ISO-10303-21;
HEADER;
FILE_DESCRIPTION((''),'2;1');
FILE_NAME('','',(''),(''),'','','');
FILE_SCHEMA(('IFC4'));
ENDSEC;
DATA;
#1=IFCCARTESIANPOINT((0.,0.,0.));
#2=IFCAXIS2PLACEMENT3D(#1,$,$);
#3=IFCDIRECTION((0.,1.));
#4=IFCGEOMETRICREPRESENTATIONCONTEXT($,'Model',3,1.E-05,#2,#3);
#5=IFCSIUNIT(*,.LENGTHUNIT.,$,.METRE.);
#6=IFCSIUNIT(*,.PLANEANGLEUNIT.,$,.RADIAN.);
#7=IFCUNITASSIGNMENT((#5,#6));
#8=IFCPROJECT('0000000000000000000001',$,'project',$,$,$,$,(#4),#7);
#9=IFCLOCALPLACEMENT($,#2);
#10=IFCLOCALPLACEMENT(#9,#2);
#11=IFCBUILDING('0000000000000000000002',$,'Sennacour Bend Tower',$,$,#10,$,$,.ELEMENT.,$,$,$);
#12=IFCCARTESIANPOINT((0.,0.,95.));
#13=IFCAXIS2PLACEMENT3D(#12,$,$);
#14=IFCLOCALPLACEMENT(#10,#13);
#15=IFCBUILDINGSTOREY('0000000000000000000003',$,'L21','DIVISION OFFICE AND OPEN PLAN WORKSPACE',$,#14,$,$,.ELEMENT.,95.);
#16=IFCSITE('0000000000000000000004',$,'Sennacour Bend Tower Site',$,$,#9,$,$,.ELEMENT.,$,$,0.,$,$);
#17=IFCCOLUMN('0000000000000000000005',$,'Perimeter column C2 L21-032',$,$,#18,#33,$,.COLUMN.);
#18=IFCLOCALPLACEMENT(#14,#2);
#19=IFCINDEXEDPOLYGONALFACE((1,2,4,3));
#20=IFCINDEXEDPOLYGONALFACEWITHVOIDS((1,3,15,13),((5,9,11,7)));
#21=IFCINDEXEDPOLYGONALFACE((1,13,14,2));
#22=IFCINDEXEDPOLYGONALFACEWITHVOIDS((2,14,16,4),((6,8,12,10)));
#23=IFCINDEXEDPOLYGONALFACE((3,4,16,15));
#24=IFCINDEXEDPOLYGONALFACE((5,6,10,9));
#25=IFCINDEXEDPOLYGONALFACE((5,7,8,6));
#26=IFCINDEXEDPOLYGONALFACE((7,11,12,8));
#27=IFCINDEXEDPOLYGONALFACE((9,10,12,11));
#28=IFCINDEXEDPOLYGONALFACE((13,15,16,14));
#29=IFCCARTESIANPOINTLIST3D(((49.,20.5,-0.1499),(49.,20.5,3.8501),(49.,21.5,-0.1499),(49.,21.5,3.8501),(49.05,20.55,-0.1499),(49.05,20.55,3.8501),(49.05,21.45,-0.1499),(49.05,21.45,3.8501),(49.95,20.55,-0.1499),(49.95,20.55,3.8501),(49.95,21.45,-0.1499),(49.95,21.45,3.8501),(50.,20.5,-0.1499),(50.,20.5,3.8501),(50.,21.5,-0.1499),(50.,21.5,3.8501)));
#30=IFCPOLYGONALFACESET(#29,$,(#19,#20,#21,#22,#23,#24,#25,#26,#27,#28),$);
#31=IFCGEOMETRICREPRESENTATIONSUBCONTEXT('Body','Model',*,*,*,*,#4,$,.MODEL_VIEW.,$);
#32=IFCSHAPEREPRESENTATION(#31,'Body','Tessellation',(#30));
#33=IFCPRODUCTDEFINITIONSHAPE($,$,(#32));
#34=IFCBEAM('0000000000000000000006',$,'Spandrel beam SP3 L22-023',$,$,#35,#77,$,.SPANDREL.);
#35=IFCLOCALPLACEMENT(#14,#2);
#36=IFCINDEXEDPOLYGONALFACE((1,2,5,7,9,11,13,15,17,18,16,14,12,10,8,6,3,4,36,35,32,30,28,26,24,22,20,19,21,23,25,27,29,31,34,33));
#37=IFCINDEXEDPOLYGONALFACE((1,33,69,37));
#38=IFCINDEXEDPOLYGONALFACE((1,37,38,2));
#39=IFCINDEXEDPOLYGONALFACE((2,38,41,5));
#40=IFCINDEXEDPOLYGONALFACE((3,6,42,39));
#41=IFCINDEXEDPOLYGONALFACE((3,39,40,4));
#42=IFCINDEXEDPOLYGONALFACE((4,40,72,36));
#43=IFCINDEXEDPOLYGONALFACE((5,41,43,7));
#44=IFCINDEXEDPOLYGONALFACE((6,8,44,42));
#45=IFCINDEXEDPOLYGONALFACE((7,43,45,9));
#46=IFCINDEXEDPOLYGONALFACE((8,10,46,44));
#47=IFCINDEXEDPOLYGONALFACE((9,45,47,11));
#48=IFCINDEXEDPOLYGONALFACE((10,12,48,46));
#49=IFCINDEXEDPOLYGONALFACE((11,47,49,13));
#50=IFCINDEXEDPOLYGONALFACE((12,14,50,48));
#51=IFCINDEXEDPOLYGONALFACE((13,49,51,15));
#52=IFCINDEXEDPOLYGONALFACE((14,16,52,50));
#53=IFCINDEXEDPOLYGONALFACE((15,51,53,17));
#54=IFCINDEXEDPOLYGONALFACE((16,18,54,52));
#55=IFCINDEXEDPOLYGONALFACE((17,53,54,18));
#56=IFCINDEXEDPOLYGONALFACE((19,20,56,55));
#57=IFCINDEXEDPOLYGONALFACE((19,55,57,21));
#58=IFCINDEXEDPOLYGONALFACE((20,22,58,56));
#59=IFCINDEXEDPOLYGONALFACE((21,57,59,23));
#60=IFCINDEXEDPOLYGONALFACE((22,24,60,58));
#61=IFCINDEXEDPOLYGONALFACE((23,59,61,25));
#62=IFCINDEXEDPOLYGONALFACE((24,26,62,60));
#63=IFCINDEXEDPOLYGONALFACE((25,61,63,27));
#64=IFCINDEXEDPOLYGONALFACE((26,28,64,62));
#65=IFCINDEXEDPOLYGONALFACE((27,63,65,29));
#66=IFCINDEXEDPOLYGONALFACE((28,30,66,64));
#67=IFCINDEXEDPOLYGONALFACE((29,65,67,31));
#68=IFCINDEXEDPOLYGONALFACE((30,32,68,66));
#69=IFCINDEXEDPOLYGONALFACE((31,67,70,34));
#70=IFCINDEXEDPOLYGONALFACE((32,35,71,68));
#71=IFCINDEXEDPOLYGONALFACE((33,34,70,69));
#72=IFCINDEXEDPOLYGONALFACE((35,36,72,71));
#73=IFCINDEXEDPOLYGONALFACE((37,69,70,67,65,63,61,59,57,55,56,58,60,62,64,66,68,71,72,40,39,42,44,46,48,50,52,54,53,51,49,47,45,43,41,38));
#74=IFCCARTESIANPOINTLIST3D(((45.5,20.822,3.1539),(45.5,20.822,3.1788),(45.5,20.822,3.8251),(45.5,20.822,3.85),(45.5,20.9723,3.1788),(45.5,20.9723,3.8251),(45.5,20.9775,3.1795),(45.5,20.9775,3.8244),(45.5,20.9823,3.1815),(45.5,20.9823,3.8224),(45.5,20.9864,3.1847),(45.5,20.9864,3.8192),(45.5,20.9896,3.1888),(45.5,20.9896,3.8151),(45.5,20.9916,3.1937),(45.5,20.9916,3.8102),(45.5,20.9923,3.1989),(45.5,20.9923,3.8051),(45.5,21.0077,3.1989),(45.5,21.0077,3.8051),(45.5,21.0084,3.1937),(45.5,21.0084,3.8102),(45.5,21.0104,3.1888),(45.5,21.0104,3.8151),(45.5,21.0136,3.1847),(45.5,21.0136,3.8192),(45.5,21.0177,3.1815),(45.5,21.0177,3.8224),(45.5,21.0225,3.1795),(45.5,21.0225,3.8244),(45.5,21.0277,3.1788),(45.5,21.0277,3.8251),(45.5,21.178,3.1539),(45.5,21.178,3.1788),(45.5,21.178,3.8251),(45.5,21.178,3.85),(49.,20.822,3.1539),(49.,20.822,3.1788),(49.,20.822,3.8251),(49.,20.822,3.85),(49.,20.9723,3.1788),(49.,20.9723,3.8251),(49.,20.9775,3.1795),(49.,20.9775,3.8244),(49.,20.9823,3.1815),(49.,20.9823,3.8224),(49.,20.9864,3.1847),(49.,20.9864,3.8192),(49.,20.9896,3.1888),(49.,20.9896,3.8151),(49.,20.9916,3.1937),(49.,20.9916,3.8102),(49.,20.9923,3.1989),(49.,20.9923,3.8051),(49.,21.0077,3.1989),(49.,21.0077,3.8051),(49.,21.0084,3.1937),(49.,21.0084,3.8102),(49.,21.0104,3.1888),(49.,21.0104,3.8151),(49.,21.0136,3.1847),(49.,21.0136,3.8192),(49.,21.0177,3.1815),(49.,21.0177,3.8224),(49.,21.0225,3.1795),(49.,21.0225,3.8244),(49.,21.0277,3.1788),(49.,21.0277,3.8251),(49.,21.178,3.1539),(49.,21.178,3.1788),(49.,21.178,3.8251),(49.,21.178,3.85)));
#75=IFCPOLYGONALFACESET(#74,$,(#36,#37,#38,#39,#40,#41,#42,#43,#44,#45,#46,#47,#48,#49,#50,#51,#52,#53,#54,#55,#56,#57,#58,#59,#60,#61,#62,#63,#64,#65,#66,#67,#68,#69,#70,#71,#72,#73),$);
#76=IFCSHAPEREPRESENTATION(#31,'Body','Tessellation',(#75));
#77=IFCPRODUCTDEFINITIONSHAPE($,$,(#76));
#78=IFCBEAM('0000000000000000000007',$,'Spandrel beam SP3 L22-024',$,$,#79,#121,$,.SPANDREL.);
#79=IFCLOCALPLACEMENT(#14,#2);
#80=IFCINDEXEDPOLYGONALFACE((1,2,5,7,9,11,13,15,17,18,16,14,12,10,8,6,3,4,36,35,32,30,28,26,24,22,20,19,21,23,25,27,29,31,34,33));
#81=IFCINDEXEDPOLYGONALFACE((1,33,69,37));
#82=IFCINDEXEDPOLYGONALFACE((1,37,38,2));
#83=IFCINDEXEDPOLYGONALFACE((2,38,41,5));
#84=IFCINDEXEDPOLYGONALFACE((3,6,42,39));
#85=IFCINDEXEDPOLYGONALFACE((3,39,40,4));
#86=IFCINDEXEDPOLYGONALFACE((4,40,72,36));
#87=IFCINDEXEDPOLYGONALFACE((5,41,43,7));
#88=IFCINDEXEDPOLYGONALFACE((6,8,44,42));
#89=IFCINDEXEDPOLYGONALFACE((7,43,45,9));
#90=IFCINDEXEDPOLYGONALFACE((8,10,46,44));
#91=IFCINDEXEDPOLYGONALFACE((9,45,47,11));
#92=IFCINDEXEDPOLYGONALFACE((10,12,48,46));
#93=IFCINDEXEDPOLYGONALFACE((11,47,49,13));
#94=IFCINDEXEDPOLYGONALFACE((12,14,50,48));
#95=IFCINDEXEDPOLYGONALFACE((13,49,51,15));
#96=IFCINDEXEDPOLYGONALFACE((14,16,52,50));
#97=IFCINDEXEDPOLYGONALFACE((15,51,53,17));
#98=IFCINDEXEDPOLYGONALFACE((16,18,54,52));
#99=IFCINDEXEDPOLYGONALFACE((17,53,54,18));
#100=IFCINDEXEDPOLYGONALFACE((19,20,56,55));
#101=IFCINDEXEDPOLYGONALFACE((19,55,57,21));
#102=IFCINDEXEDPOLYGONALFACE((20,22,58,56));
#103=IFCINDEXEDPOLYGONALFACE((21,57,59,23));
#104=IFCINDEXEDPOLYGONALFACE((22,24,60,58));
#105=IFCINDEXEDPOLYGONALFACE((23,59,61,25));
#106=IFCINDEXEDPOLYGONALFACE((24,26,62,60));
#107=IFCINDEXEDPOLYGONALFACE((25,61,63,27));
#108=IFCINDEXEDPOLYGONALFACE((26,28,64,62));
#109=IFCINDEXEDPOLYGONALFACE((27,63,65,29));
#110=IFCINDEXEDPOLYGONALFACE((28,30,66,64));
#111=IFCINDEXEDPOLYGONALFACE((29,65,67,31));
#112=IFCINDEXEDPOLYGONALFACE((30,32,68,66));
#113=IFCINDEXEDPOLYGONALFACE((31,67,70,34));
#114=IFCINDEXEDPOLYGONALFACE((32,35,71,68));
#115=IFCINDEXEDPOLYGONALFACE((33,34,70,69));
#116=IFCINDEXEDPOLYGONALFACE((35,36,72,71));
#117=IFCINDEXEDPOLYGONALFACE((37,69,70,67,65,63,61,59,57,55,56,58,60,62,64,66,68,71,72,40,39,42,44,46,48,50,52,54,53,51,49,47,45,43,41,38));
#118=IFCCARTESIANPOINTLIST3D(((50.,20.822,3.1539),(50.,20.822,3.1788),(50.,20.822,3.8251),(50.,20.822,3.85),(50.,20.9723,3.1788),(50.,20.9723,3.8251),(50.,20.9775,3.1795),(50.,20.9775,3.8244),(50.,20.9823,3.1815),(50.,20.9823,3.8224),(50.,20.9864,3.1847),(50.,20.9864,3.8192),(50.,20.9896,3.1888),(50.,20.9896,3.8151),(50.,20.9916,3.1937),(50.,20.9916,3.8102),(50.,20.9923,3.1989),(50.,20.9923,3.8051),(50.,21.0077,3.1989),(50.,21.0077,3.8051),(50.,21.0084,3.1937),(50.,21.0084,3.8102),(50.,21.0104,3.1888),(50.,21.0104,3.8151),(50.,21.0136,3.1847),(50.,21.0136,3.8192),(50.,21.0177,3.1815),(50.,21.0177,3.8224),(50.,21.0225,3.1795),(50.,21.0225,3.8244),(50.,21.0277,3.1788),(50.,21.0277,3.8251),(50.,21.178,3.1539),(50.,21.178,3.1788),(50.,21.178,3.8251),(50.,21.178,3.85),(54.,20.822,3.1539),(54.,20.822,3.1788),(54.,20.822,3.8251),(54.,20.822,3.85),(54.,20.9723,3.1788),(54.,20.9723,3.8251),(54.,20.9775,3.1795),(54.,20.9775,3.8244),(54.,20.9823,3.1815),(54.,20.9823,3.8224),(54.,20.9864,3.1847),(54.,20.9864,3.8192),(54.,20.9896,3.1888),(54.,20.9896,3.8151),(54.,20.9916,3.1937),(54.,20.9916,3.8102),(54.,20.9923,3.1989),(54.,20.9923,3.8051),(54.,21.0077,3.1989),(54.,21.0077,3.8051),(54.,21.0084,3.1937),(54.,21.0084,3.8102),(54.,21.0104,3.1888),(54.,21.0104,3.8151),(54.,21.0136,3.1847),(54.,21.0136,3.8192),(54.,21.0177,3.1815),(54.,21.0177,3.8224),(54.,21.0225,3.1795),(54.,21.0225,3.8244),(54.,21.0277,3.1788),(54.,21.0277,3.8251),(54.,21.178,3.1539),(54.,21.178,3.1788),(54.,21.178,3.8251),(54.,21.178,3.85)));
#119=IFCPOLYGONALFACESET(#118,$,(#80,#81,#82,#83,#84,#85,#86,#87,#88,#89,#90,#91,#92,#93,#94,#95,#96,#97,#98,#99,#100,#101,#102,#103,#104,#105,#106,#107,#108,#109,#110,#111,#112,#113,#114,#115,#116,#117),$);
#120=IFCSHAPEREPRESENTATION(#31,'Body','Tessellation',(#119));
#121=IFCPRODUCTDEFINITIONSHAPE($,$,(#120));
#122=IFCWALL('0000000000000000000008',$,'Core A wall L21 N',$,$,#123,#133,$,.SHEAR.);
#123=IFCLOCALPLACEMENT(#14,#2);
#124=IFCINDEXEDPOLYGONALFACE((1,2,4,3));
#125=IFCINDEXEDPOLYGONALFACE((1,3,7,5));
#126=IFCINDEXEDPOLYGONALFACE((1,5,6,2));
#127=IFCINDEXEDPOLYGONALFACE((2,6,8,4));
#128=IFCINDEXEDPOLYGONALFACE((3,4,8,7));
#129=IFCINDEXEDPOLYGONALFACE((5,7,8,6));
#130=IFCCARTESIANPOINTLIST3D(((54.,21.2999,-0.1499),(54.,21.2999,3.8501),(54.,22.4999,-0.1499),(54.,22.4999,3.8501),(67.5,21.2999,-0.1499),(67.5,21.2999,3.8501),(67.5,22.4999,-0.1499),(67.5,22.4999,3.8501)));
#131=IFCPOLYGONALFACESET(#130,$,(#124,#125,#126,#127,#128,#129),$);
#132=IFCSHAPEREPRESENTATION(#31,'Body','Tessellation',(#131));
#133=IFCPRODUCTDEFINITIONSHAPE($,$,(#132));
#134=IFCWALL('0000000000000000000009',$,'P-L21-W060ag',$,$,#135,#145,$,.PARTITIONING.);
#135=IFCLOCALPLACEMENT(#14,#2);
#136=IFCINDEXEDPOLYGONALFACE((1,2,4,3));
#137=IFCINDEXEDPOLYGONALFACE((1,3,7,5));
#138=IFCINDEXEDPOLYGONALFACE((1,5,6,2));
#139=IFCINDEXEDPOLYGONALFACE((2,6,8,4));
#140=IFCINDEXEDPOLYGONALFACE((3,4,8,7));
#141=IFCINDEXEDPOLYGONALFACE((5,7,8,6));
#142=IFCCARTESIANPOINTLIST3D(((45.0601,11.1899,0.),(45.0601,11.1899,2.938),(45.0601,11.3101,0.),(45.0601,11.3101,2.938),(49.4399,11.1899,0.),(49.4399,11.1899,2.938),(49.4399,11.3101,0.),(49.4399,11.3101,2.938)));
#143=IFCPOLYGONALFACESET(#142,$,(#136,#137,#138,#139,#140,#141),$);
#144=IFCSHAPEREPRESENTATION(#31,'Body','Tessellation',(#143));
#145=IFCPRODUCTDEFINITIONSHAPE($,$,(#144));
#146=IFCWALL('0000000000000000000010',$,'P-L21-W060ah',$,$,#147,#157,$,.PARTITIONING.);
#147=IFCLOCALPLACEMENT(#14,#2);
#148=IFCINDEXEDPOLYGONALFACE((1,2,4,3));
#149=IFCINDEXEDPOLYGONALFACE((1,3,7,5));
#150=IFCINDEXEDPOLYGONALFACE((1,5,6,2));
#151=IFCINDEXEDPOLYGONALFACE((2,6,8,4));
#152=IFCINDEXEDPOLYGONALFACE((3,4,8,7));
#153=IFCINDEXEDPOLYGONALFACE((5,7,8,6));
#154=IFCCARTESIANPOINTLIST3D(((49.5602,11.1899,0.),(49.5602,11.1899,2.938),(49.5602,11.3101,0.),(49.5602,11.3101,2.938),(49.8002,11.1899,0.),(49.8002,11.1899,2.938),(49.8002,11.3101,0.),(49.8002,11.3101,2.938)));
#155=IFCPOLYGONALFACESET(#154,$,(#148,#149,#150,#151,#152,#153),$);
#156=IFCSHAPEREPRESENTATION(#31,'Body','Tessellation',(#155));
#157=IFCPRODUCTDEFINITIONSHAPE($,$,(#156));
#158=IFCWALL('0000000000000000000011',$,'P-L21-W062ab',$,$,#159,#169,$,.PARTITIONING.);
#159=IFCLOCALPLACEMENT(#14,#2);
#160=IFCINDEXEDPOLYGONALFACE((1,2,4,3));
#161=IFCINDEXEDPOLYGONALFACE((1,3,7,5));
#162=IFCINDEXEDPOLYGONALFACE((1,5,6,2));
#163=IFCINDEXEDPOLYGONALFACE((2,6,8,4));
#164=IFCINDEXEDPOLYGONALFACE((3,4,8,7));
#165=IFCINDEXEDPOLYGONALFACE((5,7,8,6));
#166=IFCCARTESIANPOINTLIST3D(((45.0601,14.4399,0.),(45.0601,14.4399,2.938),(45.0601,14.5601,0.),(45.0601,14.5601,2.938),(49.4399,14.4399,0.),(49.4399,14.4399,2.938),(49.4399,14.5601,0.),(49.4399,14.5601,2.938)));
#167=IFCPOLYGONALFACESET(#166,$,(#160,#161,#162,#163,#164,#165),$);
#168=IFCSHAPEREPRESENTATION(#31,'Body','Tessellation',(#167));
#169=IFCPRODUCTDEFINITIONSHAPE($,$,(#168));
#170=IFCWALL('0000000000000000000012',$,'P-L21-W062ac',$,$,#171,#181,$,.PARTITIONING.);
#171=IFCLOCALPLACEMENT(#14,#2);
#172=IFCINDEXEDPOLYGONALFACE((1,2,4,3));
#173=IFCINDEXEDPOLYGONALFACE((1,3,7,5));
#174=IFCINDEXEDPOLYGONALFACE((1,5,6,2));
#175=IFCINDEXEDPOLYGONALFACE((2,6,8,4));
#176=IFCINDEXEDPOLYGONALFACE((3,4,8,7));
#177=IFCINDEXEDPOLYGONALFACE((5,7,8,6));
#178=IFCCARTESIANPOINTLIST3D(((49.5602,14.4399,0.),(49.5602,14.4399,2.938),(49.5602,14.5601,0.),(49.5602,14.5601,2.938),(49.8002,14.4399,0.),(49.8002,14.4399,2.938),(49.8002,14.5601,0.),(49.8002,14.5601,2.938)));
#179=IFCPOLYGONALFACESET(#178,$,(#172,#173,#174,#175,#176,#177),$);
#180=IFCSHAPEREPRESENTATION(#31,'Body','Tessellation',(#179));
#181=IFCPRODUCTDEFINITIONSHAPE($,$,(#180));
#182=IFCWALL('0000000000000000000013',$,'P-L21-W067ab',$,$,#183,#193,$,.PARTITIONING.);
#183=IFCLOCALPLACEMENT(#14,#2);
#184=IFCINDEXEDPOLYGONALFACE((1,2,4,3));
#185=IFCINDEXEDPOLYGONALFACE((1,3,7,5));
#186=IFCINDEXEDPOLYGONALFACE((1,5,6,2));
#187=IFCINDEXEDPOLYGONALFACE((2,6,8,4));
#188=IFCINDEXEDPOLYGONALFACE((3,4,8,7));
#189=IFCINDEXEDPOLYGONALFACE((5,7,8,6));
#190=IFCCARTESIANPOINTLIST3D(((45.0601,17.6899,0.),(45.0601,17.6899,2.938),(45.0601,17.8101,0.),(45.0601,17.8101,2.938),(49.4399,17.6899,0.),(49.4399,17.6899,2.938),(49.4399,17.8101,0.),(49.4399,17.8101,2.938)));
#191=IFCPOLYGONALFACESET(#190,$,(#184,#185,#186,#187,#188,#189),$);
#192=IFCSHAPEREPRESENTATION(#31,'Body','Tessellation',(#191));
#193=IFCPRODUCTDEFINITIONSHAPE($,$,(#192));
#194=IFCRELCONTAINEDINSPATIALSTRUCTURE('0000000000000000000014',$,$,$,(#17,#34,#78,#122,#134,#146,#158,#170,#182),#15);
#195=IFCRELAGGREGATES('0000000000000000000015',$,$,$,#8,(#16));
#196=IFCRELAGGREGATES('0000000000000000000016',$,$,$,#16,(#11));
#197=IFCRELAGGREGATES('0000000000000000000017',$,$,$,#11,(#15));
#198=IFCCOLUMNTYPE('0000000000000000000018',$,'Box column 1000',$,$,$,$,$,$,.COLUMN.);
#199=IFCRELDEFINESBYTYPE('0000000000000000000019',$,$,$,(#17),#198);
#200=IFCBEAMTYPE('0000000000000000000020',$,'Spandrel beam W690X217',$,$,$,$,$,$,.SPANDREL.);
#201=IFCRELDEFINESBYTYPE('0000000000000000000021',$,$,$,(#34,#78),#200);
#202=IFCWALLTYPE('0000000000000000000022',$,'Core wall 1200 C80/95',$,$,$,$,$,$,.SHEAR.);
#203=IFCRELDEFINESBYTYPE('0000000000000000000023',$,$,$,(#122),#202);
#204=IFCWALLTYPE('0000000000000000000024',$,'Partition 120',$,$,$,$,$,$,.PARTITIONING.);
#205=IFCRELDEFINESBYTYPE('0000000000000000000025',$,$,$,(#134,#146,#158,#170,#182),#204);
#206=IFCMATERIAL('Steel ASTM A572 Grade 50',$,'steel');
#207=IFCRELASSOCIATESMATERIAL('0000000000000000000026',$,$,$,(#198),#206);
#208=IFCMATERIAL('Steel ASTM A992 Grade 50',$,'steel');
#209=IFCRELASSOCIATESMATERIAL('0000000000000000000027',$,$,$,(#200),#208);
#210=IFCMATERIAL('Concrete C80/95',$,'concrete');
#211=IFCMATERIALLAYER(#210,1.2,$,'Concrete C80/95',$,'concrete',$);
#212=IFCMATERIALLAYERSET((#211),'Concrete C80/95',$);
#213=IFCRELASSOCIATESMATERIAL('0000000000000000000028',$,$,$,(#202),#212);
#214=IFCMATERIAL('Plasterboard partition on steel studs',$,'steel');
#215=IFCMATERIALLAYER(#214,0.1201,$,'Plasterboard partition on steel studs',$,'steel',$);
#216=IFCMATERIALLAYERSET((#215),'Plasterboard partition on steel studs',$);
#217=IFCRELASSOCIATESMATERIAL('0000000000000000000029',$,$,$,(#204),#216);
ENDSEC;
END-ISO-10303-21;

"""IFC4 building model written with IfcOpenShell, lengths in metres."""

from ifc_helpers import new_model, si_unit, direction, frame, frame_2d, origin, origin_2d, place, context, subcontext, project, spatial, rectangle, hollow_rectangle, i_section, extrude, material, layer, layer_set, material_profile, profile_set, type_object, element, save


model = new_model("IFC4")

# Units and contexts
model_context = context("Model", 3, precision=1e-05, world=origin(), true_north=direction((0.0, 1.0)))
body_context = subcontext(model_context, "Body", "Model", "MODEL_VIEW")
ifc_project = project(units=[si_unit("LENGTHUNIT", "METRE"), si_unit("PLANEANGLEUNIT", "RADIAN")], contexts=[model_context])

# Site, building, storey
site_placement = place(None, origin())
site = spatial("IfcSite", under=ifc_project, at=site_placement, Name="Sennacour Bend Tower Site", CompositionType="ELEMENT", RefElevation=0.0)
building_placement = place(site_placement, origin())
building = spatial("IfcBuilding", under=site, at=building_placement, Name="Sennacour Bend Tower", CompositionType="ELEMENT")
storey_placement = place(building_placement, frame((0.0, 0.0, 95.0)))
storey = spatial("IfcBuildingStorey", under=building, at=storey_placement, Name="L21", Description="DIVISION OFFICE AND OPEN PLAN WORKSPACE", CompositionType="ELEMENT", Elevation=95.0)

# Column
ifc_material_1 = material(Name="Steel ASTM A572 Grade 50", Category="steel")
ifc_material_profile_1 = material_profile(ifc_material_1, hollow_rectangle(XDim=1.0, YDim=1.0, WallThickness=0.05, at=origin_2d()), Name="Steel ASTM A572 Grade 50", Category="steel")
ifc_profile_set_1 = profile_set([ifc_material_profile_1], Name="Steel ASTM A572 Grade 50")
column_type = type_object("IfcColumnType", Name="Box column 1000", PredefinedType="COLUMN", material=ifc_profile_set_1)
column_placement = place(storey_placement, frame((49.5, 21.0, -0.1499), z_axis=(0.0, 0.0, 1.0), x_axis=(1.0, 0.0, 0.0)))
element("IfcColumn", 1, at=column_placement, inside=storey, type_object=column_type, Name="Perimeter column C2 L21-032", PredefinedType="COLUMN", context=body_context, shape_type="SweptSolid", body=[
    extrude(hollow_rectangle(XDim=1.0, YDim=1.0, WallThickness=0.05, at=origin_2d()), origin(), (0.0, 0.0, 1.0), 4.0),
])

# Beams
ifc_material_2 = material(Name="Steel ASTM A992 Grade 50", Category="steel")
ifc_material_profile_2 = material_profile(ifc_material_2, i_section(OverallWidth=0.356, OverallDepth=0.696, WebThickness=0.0154, FlangeThickness=0.0249, FilletRadius=0.02, at=origin_2d()), Name="Steel ASTM A992 Grade 50", Category="steel")
ifc_profile_set_2 = profile_set([ifc_material_profile_2], Name="Steel ASTM A992 Grade 50")
beam_type = type_object("IfcBeamType", Name="Spandrel beam W690X217", PredefinedType="SPANDREL", material=ifc_profile_set_2)
beam_1_placement = place(storey_placement, frame((45.5, 21.0, 3.502), z_axis=(1.0, 0.0, 0.0), x_axis=(0.0, 1.0, 0.0)))
element("IfcBeam", 2, at=beam_1_placement, inside=storey, type_object=beam_type, Name="Spandrel beam SP3 L22-023", PredefinedType="SPANDREL", context=body_context, shape_type="SweptSolid", body=[
    extrude(i_section(OverallWidth=0.356, OverallDepth=0.696, WebThickness=0.0154, FlangeThickness=0.0249, FilletRadius=0.02, at=origin_2d()), origin(), (0.0, 0.0, 1.0), 3.5),
])
beam_2_placement = place(storey_placement, frame((50.0, 21.0, 3.502), z_axis=(1.0, 0.0, 0.0), x_axis=(0.0, 1.0, 0.0)))
element("IfcBeam", 3, at=beam_2_placement, inside=storey, type_object=beam_type, Name="Spandrel beam SP3 L22-024", PredefinedType="SPANDREL", context=body_context, shape_type="SweptSolid", body=[
    extrude(i_section(OverallWidth=0.356, OverallDepth=0.696, WebThickness=0.0154, FlangeThickness=0.0249, FilletRadius=0.02, at=origin_2d()), origin(), (0.0, 0.0, 1.0), 4.0),
])

# Walls
ifc_material_3 = material(Name="Concrete C80/95", Category="concrete")
ifc_layer_1 = layer(ifc_material_3, 1.2, Name="Concrete C80/95", Category="concrete")
ifc_layer_set_1 = layer_set([ifc_layer_1], Name="Concrete C80/95")
wall_type_1 = type_object("IfcWallType", Name="Core wall 1200 C80/95", PredefinedType="SHEAR", material=ifc_layer_set_1)
wall_1_placement = place(storey_placement, frame((54.0, 21.8999, -0.1499), z_axis=(0.0, 0.0, 1.0), x_axis=(1.0, 0.0, 0.0)))
element("IfcWall", 4, at=wall_1_placement, inside=storey, type_object=wall_type_1, Name="Core A wall L21 N", PredefinedType="SHEAR", context=body_context, shape_type="SweptSolid", body=[
    extrude(rectangle(XDim=13.5, YDim=1.2, at=frame_2d((6.75, 0.0))), origin(), (0.0, 0.0, 1.0), 4.0),
])
ifc_material_4 = material(Name="Plasterboard partition on steel studs", Category="steel")
ifc_layer_2 = layer(ifc_material_4, 0.1201, Name="Plasterboard partition on steel studs", Category="steel")
ifc_layer_set_2 = layer_set([ifc_layer_2], Name="Plasterboard partition on steel studs")
wall_type_2 = type_object("IfcWallType", Name="Partition 120", PredefinedType="PARTITIONING", material=ifc_layer_set_2)
wall_2_placement = place(storey_placement, frame((45.0601, 11.25, 0.0), z_axis=(0.0, 0.0, 1.0), x_axis=(1.0, 0.0, 0.0)))
element("IfcWall", 5, at=wall_2_placement, inside=storey, type_object=wall_type_2, Name="P-L21-W060ag", PredefinedType="PARTITIONING", context=body_context, shape_type="SweptSolid", body=[
    extrude(rectangle(XDim=4.3799, YDim=0.1201, at=frame_2d((2.1899, 0.0))), origin(), (0.0, 0.0, 1.0), 2.938),
])
wall_3_placement = place(storey_placement, frame((49.5601, 11.25, 0.0), z_axis=(0.0, 0.0, 1.0), x_axis=(1.0, 0.0, 0.0)))
element("IfcWall", 6, at=wall_3_placement, inside=storey, type_object=wall_type_2, Name="P-L21-W060ah", PredefinedType="PARTITIONING", context=body_context, shape_type="SweptSolid", body=[
    extrude(rectangle(XDim=0.24, YDim=0.1201, at=frame_2d((0.1201, 0.0))), origin(), (0.0, 0.0, 1.0), 2.938),
])
wall_4_placement = place(storey_placement, frame((45.0601, 14.5, 0.0), z_axis=(0.0, 0.0, 1.0), x_axis=(1.0, 0.0, 0.0)))
element("IfcWall", 7, at=wall_4_placement, inside=storey, type_object=wall_type_2, Name="P-L21-W062ab", PredefinedType="PARTITIONING", context=body_context, shape_type="SweptSolid", body=[
    extrude(rectangle(XDim=4.3799, YDim=0.1201, at=frame_2d((2.1899, 0.0))), origin(), (0.0, 0.0, 1.0), 2.938),
])
wall_5_placement = place(storey_placement, frame((49.5601, 14.5, 0.0), z_axis=(0.0, 0.0, 1.0), x_axis=(1.0, 0.0, 0.0)))
element("IfcWall", 8, at=wall_5_placement, inside=storey, type_object=wall_type_2, Name="P-L21-W062ac", PredefinedType="PARTITIONING", context=body_context, shape_type="SweptSolid", body=[
    extrude(rectangle(XDim=0.24, YDim=0.1201, at=frame_2d((0.1201, 0.0))), origin(), (0.0, 0.0, 1.0), 2.938),
])
wall_6_placement = place(storey_placement, frame((45.0601, 17.75, 0.0), z_axis=(0.0, 0.0, 1.0), x_axis=(1.0, 0.0, 0.0)))
element("IfcWall", 9, at=wall_6_placement, inside=storey, type_object=wall_type_2, Name="P-L21-W067ab", PredefinedType="PARTITIONING", context=body_context, shape_type="SweptSolid", body=[
    extrude(rectangle(XDim=4.3799, YDim=0.1201, at=frame_2d((2.1899, 0.0))), origin(), (0.0, 0.0, 1.0), 2.938),
])

save(model, "model.ifc")
